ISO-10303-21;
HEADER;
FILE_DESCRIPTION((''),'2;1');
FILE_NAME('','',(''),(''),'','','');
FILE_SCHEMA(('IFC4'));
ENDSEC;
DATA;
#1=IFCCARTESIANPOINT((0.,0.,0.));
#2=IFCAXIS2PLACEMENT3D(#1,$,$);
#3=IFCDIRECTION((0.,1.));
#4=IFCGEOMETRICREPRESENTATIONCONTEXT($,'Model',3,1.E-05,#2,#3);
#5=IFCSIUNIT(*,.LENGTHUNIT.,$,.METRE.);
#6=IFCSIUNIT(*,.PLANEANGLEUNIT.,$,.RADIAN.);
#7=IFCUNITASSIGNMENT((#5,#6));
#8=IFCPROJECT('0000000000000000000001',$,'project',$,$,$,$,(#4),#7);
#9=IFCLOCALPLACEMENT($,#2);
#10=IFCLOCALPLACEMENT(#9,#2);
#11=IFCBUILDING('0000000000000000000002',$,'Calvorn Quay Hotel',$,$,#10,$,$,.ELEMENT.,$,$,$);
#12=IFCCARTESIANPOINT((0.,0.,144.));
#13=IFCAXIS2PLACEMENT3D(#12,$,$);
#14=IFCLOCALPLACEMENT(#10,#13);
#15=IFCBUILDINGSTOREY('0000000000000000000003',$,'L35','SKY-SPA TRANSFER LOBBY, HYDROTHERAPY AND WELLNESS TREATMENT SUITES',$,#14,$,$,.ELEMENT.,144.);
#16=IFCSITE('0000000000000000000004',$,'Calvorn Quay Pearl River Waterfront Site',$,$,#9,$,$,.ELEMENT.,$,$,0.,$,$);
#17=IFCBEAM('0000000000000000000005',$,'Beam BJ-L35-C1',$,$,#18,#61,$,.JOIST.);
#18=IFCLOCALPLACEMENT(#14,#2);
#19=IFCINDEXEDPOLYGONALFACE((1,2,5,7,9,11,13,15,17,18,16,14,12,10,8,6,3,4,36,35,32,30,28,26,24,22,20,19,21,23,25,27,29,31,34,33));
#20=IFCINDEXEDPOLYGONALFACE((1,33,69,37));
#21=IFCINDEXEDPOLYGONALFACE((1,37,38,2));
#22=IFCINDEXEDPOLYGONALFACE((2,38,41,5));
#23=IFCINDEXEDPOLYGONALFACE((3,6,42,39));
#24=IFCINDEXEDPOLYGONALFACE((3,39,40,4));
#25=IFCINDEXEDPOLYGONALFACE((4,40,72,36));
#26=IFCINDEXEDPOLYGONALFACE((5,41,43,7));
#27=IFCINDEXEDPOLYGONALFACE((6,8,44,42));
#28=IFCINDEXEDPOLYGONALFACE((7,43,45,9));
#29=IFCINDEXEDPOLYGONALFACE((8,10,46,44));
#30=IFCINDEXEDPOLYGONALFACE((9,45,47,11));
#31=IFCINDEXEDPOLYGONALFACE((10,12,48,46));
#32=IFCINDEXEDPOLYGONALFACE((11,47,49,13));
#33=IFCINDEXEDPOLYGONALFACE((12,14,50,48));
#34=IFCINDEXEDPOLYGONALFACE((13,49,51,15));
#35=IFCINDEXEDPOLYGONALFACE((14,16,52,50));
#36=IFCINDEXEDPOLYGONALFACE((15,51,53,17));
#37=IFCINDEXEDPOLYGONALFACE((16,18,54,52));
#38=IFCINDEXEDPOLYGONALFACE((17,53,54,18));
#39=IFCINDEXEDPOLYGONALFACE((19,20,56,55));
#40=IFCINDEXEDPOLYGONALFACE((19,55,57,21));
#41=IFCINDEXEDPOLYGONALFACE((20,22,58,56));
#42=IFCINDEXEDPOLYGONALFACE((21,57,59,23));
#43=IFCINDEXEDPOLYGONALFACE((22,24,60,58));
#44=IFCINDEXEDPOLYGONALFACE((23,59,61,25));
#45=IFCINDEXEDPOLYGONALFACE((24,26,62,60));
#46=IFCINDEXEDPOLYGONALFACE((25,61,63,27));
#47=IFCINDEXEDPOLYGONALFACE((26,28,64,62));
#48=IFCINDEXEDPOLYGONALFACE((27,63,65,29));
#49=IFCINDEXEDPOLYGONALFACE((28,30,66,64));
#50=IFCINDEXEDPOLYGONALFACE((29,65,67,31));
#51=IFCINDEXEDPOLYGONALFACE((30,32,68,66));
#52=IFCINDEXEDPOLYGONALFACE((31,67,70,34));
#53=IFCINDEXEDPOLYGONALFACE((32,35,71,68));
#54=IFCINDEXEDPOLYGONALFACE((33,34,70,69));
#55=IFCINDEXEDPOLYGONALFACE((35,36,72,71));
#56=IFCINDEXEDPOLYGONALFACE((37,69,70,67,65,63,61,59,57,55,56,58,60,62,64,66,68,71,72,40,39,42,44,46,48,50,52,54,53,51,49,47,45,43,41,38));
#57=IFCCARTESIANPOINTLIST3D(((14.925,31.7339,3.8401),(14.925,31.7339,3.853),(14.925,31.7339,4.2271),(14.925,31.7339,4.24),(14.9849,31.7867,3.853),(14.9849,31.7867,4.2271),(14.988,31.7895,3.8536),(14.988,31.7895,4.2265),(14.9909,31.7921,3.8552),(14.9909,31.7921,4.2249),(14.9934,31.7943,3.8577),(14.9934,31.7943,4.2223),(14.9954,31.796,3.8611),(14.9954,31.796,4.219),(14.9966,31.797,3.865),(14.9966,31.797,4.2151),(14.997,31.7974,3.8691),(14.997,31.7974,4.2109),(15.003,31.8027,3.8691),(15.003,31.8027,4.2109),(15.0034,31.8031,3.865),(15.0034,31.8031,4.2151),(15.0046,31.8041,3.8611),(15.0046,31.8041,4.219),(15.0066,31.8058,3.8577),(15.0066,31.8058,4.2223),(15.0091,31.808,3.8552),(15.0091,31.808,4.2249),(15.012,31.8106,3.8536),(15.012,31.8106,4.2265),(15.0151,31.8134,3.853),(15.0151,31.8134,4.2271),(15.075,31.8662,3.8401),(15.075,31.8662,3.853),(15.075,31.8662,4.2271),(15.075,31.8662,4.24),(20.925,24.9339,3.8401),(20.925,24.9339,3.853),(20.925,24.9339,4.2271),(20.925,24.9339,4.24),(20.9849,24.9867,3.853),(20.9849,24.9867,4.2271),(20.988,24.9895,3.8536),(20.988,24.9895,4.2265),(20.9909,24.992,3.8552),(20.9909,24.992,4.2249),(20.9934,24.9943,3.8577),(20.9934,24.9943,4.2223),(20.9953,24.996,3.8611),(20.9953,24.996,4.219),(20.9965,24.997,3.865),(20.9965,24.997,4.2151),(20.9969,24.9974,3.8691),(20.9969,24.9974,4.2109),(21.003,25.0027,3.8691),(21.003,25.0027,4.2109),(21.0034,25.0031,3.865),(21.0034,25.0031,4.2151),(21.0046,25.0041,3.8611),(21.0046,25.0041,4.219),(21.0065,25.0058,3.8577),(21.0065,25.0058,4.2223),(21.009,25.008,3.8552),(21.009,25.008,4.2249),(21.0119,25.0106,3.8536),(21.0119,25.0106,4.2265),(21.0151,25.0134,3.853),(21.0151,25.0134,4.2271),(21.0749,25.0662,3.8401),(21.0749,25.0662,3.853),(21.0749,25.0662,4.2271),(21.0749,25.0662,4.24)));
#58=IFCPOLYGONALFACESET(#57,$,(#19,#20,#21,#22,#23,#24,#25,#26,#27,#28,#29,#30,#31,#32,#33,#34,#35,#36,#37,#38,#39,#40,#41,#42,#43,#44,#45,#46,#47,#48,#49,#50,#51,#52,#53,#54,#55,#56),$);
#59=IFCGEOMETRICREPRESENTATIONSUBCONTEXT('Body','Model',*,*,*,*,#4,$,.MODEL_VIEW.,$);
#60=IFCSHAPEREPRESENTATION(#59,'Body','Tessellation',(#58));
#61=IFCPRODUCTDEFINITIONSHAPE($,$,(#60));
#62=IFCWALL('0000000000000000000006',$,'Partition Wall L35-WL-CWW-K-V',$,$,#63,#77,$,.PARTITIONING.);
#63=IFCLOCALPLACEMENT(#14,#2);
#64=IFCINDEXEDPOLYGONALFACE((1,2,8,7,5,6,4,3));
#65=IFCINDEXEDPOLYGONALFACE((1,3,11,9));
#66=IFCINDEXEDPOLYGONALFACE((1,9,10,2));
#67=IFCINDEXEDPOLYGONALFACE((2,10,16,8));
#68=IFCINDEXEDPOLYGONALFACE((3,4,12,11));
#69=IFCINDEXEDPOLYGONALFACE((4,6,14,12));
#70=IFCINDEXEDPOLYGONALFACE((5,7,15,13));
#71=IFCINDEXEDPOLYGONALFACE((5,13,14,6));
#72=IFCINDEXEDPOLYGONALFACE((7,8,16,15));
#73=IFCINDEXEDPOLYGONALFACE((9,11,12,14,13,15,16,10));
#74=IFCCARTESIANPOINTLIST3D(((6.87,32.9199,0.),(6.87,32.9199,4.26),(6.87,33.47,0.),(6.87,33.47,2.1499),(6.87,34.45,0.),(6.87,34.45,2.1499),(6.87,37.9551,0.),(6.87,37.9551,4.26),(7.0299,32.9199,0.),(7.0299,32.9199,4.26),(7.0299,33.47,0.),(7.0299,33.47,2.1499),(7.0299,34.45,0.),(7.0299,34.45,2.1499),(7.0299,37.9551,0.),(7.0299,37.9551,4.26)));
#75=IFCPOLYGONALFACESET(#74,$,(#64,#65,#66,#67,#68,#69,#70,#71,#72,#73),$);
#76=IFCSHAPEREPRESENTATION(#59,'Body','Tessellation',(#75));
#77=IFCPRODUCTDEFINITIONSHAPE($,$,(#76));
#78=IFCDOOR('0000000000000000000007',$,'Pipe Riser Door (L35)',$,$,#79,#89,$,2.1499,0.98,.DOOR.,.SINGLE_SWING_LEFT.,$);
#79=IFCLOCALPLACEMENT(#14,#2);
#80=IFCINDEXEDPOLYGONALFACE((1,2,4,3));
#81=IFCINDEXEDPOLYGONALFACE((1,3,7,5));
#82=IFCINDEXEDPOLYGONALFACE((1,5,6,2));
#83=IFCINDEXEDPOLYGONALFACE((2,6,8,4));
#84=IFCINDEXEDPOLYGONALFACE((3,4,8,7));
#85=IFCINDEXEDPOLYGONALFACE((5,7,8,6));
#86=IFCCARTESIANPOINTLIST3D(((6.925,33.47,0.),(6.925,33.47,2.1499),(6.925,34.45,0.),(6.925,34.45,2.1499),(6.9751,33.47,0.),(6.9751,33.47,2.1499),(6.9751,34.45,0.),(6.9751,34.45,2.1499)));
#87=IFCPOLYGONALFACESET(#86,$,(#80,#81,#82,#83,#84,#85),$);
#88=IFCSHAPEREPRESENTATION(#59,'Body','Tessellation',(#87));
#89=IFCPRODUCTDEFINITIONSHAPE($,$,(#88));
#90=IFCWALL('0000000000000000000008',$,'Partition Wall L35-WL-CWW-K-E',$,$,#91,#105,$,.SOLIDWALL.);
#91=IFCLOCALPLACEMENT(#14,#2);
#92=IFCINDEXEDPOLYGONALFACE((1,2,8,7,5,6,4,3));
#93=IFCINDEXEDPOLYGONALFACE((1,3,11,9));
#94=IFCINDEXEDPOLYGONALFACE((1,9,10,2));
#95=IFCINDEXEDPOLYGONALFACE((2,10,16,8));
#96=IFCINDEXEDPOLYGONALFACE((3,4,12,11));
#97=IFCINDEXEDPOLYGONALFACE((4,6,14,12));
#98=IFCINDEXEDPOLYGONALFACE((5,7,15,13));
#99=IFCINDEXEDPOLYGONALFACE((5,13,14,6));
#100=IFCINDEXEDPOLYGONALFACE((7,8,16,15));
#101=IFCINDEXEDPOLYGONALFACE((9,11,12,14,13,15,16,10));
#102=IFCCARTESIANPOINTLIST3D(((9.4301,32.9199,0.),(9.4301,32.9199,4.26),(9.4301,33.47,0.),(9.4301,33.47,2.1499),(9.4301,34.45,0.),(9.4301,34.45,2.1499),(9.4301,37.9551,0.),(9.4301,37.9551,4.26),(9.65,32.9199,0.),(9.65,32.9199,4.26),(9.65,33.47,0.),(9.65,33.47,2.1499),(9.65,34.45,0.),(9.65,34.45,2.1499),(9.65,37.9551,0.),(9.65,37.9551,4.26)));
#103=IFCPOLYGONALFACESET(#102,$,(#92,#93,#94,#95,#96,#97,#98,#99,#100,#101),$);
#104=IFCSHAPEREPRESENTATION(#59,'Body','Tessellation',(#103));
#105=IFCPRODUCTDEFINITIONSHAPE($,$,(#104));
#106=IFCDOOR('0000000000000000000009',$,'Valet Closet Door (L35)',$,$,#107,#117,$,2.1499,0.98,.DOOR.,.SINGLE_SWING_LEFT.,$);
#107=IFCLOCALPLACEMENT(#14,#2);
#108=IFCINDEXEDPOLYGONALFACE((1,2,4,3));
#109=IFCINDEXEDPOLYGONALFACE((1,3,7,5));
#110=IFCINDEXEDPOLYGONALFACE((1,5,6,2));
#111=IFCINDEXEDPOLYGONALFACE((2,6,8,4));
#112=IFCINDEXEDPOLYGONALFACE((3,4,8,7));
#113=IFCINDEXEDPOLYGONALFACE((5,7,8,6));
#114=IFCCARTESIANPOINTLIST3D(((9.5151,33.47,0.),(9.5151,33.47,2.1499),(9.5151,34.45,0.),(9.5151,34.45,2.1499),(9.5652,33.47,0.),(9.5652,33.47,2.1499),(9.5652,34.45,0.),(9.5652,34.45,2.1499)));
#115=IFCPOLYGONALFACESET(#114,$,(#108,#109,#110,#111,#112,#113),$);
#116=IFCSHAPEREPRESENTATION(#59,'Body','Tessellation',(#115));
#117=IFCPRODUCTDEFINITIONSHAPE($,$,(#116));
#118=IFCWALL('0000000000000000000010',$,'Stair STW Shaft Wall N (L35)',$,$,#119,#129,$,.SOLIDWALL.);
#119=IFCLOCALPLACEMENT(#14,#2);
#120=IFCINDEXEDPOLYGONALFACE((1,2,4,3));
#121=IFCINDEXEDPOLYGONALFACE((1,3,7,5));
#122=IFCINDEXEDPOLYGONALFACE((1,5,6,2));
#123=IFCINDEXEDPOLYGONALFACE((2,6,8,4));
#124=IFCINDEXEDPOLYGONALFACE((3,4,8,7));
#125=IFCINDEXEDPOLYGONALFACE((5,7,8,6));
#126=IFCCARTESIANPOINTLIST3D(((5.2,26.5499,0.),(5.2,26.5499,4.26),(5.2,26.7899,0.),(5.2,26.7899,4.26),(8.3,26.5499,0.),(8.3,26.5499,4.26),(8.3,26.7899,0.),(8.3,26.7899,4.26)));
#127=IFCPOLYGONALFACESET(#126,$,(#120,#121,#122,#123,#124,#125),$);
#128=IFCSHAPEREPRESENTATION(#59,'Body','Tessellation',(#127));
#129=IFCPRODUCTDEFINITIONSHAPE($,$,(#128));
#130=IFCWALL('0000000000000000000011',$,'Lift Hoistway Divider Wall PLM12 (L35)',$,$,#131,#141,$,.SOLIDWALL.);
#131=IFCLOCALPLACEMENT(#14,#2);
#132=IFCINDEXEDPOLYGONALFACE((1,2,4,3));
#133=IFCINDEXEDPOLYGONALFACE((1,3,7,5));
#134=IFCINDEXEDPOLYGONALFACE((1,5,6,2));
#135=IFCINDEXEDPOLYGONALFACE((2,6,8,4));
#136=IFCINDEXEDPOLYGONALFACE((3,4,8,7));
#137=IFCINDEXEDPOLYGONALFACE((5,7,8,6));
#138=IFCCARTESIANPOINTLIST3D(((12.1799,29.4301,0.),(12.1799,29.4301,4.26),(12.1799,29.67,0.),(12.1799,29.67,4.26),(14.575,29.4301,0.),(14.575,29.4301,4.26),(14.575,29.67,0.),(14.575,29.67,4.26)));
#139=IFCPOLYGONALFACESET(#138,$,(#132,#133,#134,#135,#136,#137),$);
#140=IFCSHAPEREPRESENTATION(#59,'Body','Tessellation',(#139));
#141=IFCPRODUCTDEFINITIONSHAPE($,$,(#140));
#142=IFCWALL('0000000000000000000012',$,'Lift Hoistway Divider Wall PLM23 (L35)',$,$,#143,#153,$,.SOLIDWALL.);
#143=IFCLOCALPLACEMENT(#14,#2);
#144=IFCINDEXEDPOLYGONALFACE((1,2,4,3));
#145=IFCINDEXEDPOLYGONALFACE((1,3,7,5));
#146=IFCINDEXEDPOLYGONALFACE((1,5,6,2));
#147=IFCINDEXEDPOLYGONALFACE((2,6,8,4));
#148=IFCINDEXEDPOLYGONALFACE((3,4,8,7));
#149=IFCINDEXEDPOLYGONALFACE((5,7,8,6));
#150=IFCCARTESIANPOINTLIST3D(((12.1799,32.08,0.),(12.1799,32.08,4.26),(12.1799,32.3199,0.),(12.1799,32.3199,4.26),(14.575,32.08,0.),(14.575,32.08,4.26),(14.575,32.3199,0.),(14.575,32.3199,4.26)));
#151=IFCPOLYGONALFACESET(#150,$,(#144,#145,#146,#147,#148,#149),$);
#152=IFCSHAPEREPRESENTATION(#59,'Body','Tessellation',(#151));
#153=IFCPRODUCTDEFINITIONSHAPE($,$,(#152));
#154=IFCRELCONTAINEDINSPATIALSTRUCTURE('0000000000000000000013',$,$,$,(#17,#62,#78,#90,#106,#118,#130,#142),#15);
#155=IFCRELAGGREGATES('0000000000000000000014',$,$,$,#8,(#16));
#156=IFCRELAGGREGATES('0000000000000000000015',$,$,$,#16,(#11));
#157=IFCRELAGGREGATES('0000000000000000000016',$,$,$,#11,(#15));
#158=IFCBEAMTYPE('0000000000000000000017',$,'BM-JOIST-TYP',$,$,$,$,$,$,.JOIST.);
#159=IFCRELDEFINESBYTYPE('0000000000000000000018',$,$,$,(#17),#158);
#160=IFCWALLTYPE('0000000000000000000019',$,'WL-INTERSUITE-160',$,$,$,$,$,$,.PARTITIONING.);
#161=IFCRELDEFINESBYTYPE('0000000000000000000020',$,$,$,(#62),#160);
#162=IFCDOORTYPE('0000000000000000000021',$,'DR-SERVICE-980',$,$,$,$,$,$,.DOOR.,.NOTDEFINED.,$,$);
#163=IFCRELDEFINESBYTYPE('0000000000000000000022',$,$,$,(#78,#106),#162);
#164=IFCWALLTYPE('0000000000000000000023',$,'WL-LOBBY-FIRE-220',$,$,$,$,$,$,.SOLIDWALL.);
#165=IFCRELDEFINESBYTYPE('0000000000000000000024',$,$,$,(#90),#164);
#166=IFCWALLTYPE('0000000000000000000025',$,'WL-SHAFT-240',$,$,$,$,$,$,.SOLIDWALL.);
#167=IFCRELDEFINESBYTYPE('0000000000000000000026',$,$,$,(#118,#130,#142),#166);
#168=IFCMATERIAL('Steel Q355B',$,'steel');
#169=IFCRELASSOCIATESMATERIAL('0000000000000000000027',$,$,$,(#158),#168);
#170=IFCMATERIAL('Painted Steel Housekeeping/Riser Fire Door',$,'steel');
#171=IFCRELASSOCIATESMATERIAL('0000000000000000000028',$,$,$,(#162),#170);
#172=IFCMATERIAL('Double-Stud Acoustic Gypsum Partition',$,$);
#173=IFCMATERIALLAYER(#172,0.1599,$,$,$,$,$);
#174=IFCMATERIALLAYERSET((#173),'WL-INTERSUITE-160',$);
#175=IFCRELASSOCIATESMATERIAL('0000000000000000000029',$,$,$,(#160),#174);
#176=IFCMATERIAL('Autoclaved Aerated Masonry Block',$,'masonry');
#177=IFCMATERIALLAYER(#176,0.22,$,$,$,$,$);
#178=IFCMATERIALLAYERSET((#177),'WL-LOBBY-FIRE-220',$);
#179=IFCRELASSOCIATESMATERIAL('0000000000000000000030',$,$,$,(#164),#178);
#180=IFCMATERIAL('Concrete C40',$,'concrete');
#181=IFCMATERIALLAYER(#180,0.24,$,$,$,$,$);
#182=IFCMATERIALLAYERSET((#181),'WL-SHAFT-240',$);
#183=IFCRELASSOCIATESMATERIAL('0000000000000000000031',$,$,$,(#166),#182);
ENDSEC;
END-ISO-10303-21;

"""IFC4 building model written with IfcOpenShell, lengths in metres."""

from ifc_helpers import new_model, si_unit, direction, frame, frame_2d, origin, origin_2d, place, context, subcontext, project, spatial, rectangle, i_section, extrude, material, layer, layer_set, material_profile, profile_set, type_object, element, fill, save


model = new_model("IFC4")

# Units and contexts
model_context = context("Model", 3, precision=1e-05, world=origin(), true_north=direction((0.0, 1.0)))
body_context = subcontext(model_context, "Body", "Model", "MODEL_VIEW")
ifc_project = project(units=[si_unit("LENGTHUNIT", "METRE"), si_unit("PLANEANGLEUNIT", "RADIAN")], contexts=[model_context])

# Site, building, storey
site_placement = place(None, origin())
site = spatial("IfcSite", under=ifc_project, at=site_placement, Name="Calvorn Quay Pearl River Waterfront Site", CompositionType="ELEMENT", RefElevation=0.0)
building_placement = place(site_placement, origin())
building = spatial("IfcBuilding", under=site, at=building_placement, Name="Calvorn Quay Hotel", CompositionType="ELEMENT")
storey_placement = place(building_placement, frame((0.0, 0.0, 144.0)))
storey = spatial("IfcBuildingStorey", under=building, at=storey_placement, Name="L35", Description="SKY-SPA TRANSFER LOBBY, HYDROTHERAPY AND WELLNESS TREATMENT SUITES", CompositionType="ELEMENT", Elevation=144.0)

# Beam
ifc_material_1 = material(Name="Steel Q355B", Category="steel")
ifc_material_profile = material_profile(ifc_material_1, i_section(OverallWidth=0.2, OverallDepth=0.3999, WebThickness=0.0081, FlangeThickness=0.0129, FilletRadius=0.0161, at=origin_2d()), Name="HN400x200x8x13")
ifc_profile_set = profile_set([ifc_material_profile], Name="Steel Q355B")
beam_type = type_object("IfcBeamType", Name="BM-JOIST-TYP", PredefinedType="JOIST", material=ifc_profile_set)
beam_placement = place(storey_placement, frame((15.0, 31.8, 4.04), z_axis=(0.661619, -0.74984, 0.0), x_axis=(0.74984, 0.661619, 0.0)))
element("IfcBeam", 1, at=beam_placement, inside=storey, type_object=beam_type, Name="Beam BJ-L35-C1", PredefinedType="JOIST", context=body_context, shape_type="SweptSolid", body=[
    extrude(i_section(OverallWidth=0.2, OverallDepth=0.3999, WebThickness=0.0081, FlangeThickness=0.0129, FilletRadius=0.0161, at=origin_2d()), origin(), (0.0, 0.0, 1.0), 9.0686),
])

# Walls, openings, doors
ifc_material_2 = material(Name="Painted Steel Housekeeping/Riser Fire Door", Category="steel")
door_type_1 = type_object("IfcDoorType", Name="DR-SERVICE-980", OperationType="NOTDEFINED", PredefinedType="DOOR", material=ifc_material_2)
ifc_material_3 = material(Name="Double-Stud Acoustic Gypsum Partition")
ifc_layer_1 = layer(ifc_material_3, 0.1599)
ifc_layer_set_1 = layer_set([ifc_layer_1], Name="WL-INTERSUITE-160")
wall_type_1 = type_object("IfcWallType", Name="WL-INTERSUITE-160", PredefinedType="PARTITIONING", material=ifc_layer_set_1)
wall_1_placement = place(storey_placement, frame((6.95, 32.9199, 0.0), z_axis=(0.0, 0.0, 1.0), x_axis=(0.0, 1.0, 0.0)))
wall_1 = element("IfcWall", 2, at=wall_1_placement, inside=storey, type_object=wall_type_1, Name="Partition Wall L35-WL-CWW-K-V", PredefinedType="PARTITIONING", context=body_context, shape_type="SweptSolid", body=[
    extrude(rectangle(XDim=5.0352, YDim=0.1599, at=frame_2d((2.5176, 0.0))), origin(), (0.0, 0.0, 1.0), 4.26),
])
opening_1_placement = place(wall_1_placement, frame((0.55, 0.0, 0.0)))
opening_1 = element("IfcOpeningElement", 3, at=opening_1_placement, cuts=wall_1, PredefinedType="OPENING", context=body_context, shape_type="SweptSolid", body=[
    extrude(rectangle(XDim=0.98, YDim=2.1499, at=frame_2d((0.49, 1.075))), frame((0.0, 0.0898, 0.0), z_axis=(0.0, -1.0, 0.0), x_axis=(1.0, 0.0, 0.0)), (0.0, 0.0, 1.0), 0.1799),
])
door_1_placement = place(opening_1_placement, origin())
door_1 = element("IfcDoor", 4, at=door_1_placement, inside=storey, type_object=door_type_1, Name="Pipe Riser Door (L35)", OperationType="SINGLE_SWING_LEFT", OverallHeight=2.1499, OverallWidth=0.98, PredefinedType="DOOR", context=body_context, shape_type="SweptSolid", body=[
    extrude(rectangle(XDim=0.98, YDim=2.1499, at=frame_2d((0.49, 1.075))), frame((0.0, 0.0249, 0.0), z_axis=(0.0, -1.0, 0.0), x_axis=(1.0, 0.0, 0.0)), (0.0, 0.0, 1.0), 0.05),
])
fill(opening_1, door_1)
ifc_material_4 = material(Name="Autoclaved Aerated Masonry Block", Category="masonry")
ifc_layer_2 = layer(ifc_material_4, 0.22)
ifc_layer_set_2 = layer_set([ifc_layer_2], Name="WL-LOBBY-FIRE-220")
wall_type_2 = type_object("IfcWallType", Name="WL-LOBBY-FIRE-220", PredefinedType="SOLIDWALL", material=ifc_layer_set_2)
wall_2_placement = place(storey_placement, frame((9.54, 32.9199, 0.0), z_axis=(0.0, 0.0, 1.0), x_axis=(0.0, 1.0, 0.0)))
wall_2 = element("IfcWall", 5, at=wall_2_placement, inside=storey, type_object=wall_type_2, Name="Partition Wall L35-WL-CWW-K-E", PredefinedType="SOLIDWALL", context=body_context, shape_type="SweptSolid", body=[
    extrude(rectangle(XDim=5.0352, YDim=0.22, at=frame_2d((2.5176, 0.0))), origin(), (0.0, 0.0, 1.0), 4.26),
])
opening_2_placement = place(wall_2_placement, frame((0.55, 0.0, 0.0)))
opening_2 = element("IfcOpeningElement", 6, at=opening_2_placement, cuts=wall_2, PredefinedType="OPENING", context=body_context, shape_type="SweptSolid", body=[
    extrude(rectangle(XDim=0.98, YDim=2.1499, at=frame_2d((0.49, 1.075))), frame((0.0, 0.1199, 0.0), z_axis=(0.0, -1.0, 0.0), x_axis=(1.0, 0.0, 0.0)), (0.0, 0.0, 1.0), 0.24),
])
door_2_placement = place(opening_2_placement, origin())
door_2 = element("IfcDoor", 7, at=door_2_placement, inside=storey, type_object=door_type_1, Name="Valet Closet Door (L35)", OperationType="SINGLE_SWING_LEFT", OverallHeight=2.1499, OverallWidth=0.98, PredefinedType="DOOR", context=body_context, shape_type="SweptSolid", body=[
    extrude(rectangle(XDim=0.98, YDim=2.1499, at=frame_2d((0.49, 1.075))), frame((0.0, 0.0249, 0.0), z_axis=(0.0, -1.0, 0.0), x_axis=(1.0, 0.0, 0.0)), (0.0, 0.0, 1.0), 0.05),
])
fill(opening_2, door_2)

# Walls
ifc_material_5 = material(Name="Concrete C40", Category="concrete")
ifc_layer_3 = layer(ifc_material_5, 0.24)
ifc_layer_set_3 = layer_set([ifc_layer_3], Name="WL-SHAFT-240")
wall_type_3 = type_object("IfcWallType", Name="WL-SHAFT-240", PredefinedType="SOLIDWALL", material=ifc_layer_set_3)
wall_3_placement = place(storey_placement, frame((5.2, 26.6699, 0.0), z_axis=(0.0, 0.0, 1.0), x_axis=(1.0, 0.0, 0.0)))
element("IfcWall", 8, at=wall_3_placement, inside=storey, type_object=wall_type_3, Name="Stair STW Shaft Wall N (L35)", PredefinedType="SOLIDWALL", context=body_context, shape_type="SweptSolid", body=[
    extrude(rectangle(XDim=3.1001, YDim=0.24, at=frame_2d((1.55, 0.0))), origin(), (0.0, 0.0, 1.0), 4.26),
])
for number, where, z_axis, x_axis, name in (
    (9, (12.1799, 29.55, 0.0), (0.0, 0.0, 1.0), (1.0, 0.0, 0.0), "Lift Hoistway Divider Wall PLM12 (L35)"),
    (10, (12.1799, 32.2, 0.0), (0.0, 0.0, 1.0), (1.0, 0.0, 0.0), "Lift Hoistway Divider Wall PLM23 (L35)"),
):
    element("IfcWall", number, at=place(storey_placement, frame(where, z_axis=z_axis, x_axis=x_axis)), inside=storey, type_object=wall_type_3, Name=name, PredefinedType="SOLIDWALL", context=body_context, shape_type="SweptSolid", body=[
        extrude(rectangle(XDim=2.395, YDim=0.24, at=frame_2d((1.1975, 0.0))), origin(), (0.0, 0.0, 1.0), 4.26),
    ])

save(model, "model.ifc")
